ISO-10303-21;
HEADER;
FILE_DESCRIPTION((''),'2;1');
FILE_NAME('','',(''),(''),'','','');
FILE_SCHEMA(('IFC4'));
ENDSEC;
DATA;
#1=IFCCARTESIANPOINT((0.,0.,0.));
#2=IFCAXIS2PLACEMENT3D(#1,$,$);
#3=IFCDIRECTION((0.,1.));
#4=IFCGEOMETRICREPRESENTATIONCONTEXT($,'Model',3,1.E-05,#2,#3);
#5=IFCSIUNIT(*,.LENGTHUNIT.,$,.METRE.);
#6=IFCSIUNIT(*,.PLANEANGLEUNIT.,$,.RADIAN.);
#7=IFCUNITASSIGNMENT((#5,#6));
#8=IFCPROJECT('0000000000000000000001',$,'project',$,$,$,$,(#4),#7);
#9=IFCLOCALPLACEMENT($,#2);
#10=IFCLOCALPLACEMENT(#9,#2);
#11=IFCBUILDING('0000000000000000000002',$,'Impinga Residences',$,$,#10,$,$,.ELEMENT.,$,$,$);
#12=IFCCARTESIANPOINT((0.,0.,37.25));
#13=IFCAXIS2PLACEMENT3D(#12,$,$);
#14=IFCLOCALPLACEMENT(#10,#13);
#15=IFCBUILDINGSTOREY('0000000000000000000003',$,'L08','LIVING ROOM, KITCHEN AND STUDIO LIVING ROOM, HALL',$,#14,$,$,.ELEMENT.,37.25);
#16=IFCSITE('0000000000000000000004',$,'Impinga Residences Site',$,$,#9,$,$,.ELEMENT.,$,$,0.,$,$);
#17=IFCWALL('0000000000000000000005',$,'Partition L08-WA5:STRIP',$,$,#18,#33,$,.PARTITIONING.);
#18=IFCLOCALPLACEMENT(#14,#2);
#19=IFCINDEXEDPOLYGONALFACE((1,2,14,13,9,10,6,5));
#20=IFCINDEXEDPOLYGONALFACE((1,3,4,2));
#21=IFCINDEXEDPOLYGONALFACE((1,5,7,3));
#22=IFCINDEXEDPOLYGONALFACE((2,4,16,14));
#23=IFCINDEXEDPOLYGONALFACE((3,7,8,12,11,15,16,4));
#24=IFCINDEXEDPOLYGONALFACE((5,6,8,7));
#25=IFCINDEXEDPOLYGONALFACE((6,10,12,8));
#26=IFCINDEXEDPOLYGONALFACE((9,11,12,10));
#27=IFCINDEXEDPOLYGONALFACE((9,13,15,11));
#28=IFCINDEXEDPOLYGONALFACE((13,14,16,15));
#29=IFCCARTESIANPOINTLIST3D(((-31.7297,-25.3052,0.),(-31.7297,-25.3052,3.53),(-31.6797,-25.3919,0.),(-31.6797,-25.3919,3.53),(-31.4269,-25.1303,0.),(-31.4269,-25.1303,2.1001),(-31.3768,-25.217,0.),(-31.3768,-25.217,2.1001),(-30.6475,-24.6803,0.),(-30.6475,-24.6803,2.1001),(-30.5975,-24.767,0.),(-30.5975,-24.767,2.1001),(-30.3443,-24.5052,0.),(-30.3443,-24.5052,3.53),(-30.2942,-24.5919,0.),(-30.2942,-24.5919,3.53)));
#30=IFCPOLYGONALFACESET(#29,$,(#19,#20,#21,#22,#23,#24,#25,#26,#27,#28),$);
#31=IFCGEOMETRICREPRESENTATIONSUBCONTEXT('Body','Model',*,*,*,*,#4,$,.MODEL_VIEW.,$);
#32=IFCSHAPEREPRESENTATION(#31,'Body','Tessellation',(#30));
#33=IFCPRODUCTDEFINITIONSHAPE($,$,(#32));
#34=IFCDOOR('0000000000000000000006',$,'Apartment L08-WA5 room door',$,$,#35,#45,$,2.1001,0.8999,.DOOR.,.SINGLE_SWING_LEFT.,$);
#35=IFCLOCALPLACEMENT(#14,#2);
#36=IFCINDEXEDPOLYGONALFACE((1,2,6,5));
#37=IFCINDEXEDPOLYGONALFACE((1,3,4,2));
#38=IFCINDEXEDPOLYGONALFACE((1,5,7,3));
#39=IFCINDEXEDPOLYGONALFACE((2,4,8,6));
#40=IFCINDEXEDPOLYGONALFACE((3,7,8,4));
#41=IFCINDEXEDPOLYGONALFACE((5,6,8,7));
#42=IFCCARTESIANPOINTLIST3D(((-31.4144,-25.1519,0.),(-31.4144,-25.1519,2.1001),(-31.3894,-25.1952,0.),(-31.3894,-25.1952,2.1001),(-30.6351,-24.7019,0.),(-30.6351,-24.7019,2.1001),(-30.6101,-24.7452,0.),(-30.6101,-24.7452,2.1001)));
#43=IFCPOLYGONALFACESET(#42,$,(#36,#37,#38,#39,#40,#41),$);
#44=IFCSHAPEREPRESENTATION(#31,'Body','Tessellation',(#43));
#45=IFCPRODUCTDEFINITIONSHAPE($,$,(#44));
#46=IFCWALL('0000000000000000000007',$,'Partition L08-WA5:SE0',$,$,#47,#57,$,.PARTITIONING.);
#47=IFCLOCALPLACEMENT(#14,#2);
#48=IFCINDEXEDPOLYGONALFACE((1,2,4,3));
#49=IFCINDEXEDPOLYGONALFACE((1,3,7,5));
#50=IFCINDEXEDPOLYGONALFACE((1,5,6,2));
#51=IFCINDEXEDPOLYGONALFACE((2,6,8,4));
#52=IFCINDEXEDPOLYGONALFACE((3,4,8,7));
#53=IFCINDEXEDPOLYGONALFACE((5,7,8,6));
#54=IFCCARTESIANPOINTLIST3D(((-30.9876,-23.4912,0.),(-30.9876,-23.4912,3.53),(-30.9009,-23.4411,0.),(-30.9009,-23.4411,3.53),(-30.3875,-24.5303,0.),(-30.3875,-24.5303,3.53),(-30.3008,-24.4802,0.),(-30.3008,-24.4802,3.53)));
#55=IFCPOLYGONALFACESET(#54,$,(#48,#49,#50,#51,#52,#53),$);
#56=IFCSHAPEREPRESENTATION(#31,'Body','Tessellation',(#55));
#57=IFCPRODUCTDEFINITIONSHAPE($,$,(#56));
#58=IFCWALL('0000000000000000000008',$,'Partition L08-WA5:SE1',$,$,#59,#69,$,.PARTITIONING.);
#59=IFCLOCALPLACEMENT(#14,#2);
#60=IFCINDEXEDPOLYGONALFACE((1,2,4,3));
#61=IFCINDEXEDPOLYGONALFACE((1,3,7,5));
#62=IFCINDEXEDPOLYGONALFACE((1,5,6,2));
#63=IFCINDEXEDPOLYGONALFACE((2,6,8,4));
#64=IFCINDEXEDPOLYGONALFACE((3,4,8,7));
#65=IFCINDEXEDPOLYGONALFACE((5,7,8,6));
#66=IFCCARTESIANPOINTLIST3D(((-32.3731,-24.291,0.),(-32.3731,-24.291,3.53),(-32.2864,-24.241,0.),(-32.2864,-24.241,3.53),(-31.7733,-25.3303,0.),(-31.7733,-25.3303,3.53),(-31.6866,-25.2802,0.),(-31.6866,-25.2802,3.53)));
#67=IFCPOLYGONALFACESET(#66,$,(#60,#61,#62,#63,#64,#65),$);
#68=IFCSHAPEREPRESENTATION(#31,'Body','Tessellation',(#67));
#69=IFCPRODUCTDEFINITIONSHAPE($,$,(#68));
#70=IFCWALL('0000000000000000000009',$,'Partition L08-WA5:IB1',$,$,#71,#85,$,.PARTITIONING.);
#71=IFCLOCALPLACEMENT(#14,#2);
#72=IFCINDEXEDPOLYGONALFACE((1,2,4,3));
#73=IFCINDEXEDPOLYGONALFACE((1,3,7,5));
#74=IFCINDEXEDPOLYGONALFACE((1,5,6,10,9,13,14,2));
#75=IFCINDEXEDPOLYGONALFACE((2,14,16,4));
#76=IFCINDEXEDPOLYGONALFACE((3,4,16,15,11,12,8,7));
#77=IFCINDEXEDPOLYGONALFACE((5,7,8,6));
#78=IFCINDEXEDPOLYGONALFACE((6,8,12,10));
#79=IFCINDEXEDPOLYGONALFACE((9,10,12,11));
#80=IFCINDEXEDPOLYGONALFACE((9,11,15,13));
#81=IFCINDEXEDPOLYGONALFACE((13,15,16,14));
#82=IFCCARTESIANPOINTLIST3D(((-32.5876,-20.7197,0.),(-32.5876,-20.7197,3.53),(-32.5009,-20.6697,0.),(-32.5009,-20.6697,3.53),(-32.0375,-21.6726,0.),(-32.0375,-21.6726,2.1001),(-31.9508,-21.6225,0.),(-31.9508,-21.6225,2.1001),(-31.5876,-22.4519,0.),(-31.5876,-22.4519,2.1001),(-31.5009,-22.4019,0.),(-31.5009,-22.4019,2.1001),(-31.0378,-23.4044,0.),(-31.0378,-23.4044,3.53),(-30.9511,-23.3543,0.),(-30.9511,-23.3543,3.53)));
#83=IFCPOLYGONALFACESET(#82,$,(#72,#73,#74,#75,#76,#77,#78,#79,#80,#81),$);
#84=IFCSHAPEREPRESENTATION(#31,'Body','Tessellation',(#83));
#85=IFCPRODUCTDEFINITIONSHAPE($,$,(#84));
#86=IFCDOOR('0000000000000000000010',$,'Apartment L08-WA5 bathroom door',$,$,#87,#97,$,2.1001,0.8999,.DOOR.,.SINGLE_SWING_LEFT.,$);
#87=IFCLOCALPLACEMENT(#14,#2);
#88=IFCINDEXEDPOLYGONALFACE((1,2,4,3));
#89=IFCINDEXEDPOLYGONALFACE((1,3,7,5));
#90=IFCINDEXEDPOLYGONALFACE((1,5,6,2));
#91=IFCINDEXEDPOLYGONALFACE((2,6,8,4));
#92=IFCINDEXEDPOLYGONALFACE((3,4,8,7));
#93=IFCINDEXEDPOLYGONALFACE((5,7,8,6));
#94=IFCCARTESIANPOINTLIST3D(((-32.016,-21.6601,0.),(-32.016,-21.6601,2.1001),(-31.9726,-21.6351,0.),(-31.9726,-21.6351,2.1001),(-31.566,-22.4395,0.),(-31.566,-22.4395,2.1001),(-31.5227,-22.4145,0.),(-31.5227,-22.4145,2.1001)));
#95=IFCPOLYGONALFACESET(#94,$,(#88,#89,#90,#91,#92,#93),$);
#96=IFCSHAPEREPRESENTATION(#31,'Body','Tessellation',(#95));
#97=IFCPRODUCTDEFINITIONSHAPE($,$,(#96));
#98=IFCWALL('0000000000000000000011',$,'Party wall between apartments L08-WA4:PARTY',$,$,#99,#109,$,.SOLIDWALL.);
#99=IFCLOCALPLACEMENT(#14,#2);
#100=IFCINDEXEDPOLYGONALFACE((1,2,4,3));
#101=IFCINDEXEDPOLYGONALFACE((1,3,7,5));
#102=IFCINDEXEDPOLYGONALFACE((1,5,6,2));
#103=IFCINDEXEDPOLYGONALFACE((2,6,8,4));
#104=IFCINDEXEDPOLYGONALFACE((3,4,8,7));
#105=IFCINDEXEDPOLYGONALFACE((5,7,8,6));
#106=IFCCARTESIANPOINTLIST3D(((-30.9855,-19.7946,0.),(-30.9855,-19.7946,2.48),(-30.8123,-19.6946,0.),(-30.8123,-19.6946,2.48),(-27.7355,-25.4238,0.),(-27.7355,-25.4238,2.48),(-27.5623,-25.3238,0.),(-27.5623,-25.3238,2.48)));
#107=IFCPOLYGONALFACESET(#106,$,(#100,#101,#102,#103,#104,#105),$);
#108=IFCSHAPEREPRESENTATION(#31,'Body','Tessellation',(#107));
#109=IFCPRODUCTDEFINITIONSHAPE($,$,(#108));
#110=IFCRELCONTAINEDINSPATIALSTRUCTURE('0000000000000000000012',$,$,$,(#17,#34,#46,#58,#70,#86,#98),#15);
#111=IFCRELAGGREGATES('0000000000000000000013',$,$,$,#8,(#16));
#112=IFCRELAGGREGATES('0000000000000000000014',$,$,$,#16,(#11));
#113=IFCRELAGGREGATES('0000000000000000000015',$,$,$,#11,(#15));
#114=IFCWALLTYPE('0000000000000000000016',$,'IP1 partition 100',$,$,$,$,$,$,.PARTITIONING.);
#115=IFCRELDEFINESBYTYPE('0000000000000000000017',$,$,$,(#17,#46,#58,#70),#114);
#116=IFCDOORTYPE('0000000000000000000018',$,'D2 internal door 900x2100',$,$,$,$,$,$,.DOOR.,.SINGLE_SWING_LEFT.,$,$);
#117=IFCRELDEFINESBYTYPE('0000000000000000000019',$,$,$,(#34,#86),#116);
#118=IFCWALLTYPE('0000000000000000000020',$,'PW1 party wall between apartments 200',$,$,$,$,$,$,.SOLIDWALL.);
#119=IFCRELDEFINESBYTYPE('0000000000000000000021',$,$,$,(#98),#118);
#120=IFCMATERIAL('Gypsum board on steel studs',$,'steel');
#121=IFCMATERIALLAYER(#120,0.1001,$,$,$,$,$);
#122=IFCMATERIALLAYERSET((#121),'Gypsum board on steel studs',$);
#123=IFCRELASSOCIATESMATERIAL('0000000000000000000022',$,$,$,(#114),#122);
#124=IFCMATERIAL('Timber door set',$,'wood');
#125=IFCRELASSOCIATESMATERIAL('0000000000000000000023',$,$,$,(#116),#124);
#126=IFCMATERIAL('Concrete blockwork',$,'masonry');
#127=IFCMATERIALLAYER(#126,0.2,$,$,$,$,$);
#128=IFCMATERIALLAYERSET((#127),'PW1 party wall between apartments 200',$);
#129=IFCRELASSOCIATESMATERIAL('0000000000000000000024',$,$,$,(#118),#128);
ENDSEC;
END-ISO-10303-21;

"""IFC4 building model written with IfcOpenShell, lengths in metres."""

from ifc_helpers import new_model, si_unit, direction, frame, frame_2d, origin, place, context, subcontext, project, spatial, rectangle, extrude, material, layer, layer_set, type_object, element, fill, save


model = new_model("IFC4")

# Units and contexts
model_context = context("Model", 3, precision=1e-05, world=origin(), true_north=direction((0.0, 1.0)))
body_context = subcontext(model_context, "Body", "Model", "MODEL_VIEW")
ifc_project = project(units=[si_unit("LENGTHUNIT", "METRE"), si_unit("PLANEANGLEUNIT", "RADIAN")], contexts=[model_context])

# Site, building, storey
site_placement = place(None, origin())
site = spatial("IfcSite", under=ifc_project, at=site_placement, Name="Impinga Residences Site", CompositionType="ELEMENT", RefElevation=0.0)
building_placement = place(site_placement, origin())
building = spatial("IfcBuilding", under=site, at=building_placement, Name="Impinga Residences", CompositionType="ELEMENT")
storey_placement = place(building_placement, frame((0.0, 0.0, 37.25)))
storey = spatial("IfcBuildingStorey", under=building, at=storey_placement, Name="L08", Description="LIVING ROOM, KITCHEN AND STUDIO LIVING ROOM, HALL", CompositionType="ELEMENT", Elevation=37.25)

# Shared definitions
ifc_material_1 = material(Name="Gypsum board on steel studs", Category="steel")
ifc_layer_1 = layer(ifc_material_1, 0.1001)
ifc_layer_set_1 = layer_set([ifc_layer_1], Name="Gypsum board on steel studs")
wall_type_1 = type_object("IfcWallType", Name="IP1 partition 100", PredefinedType="PARTITIONING", material=ifc_layer_set_1)

# Shared definitions
ifc_material_2 = material(Name="Timber door set", Category="wood")
door_type = type_object("IfcDoorType", Name="D2 internal door 900x2100", OperationType="SINGLE_SWING_LEFT", PredefinedType="DOOR", material=ifc_material_2)

# Wall, opening, door
wall_1_placement = place(storey_placement, frame((-30.3193, -24.5486, 0.0), z_axis=(0.0, 0.0, 1.0), x_axis=(-0.86599, -0.500061, 0.0)))
wall_1 = element("IfcWall", 1, at=wall_1_placement, inside=storey, type_object=wall_type_1, Name="Partition L08-WA5:STRIP", PredefinedType="PARTITIONING", context=body_context, shape_type="SweptSolid", body=[
    extrude(rectangle(XDim=1.5999, YDim=0.1001, at=frame_2d((0.7998, 0.0))), origin(), (0.0, 0.0, 1.0), 3.53),
])
opening_1_placement = place(wall_1_placement, frame((0.3501, 0.0, 0.0)))
opening_1 = element("IfcOpeningElement", 2, at=opening_1_placement, cuts=wall_1, PredefinedType="OPENING", context=body_context, shape_type="SweptSolid", body=[
    extrude(rectangle(XDim=0.8999, YDim=2.1001, at=frame_2d((0.45, 1.05))), frame((0.0, 0.0601, 0.0), z_axis=(0.0, -1.0, 0.0), x_axis=(1.0, 0.0, 0.0)), (0.0, 0.0, 1.0), 0.1201),
])
door_1_placement = place(opening_1_placement, origin())
door_1 = element("IfcDoor", 3, at=door_1_placement, inside=storey, type_object=door_type, Name="Apartment L08-WA5 room door", OperationType="SINGLE_SWING_LEFT", OverallHeight=2.1001, OverallWidth=0.8999, PredefinedType="DOOR", context=body_context, shape_type="SweptSolid", body=[
    extrude(rectangle(XDim=0.8999, YDim=2.1001, at=frame_2d((0.45, 1.05))), frame((0.0, 0.0249, 0.0), z_axis=(0.0, -1.0, 0.0), x_axis=(1.0, 0.0, 0.0)), (0.0, 0.0, 1.0), 0.05),
])
fill(opening_1, door_1)

# Walls
for number, where, z_axis, x_axis, name in (
    (4, (-30.9443, -23.4661, 0.0), (0.0, 0.0, 1.0), (0.500122, -0.865955, 0.0), "Partition L08-WA5:SE0"),
    (5, (-32.3298, -24.2659, 0.0), (0.0, 0.0, 1.0), (0.499881, -0.866094, 0.0), "Partition L08-WA5:SE1"),
):
    element("IfcWall", number, at=place(storey_placement, frame(where, z_axis=z_axis, x_axis=x_axis)), inside=storey, type_object=wall_type_1, Name=name, PredefinedType="PARTITIONING", context=body_context, shape_type="SweptSolid", body=[
        extrude(rectangle(XDim=1.2, YDim=0.1001, at=frame_2d((0.6001, 0.0))), origin(), (0.0, 0.0, 1.0), 3.53),
    ])

# Wall, opening, door
wall_2_placement = place(storey_placement, frame((-32.5442, -20.6948, 0.0), z_axis=(0.0, 0.0, 1.0), x_axis=(0.499968, -0.866044, 0.0)))
wall_2 = element("IfcWall", 6, at=wall_2_placement, inside=storey, type_object=wall_type_1, Name="Partition L08-WA5:IB1", PredefinedType="PARTITIONING", context=body_context, shape_type="SweptSolid", body=[
    extrude(rectangle(XDim=3.0999, YDim=0.1001, at=frame_2d((1.5498, 0.0))), origin(), (0.0, 0.0, 1.0), 3.53),
])
opening_2_placement = place(wall_2_placement, frame((1.1001, 0.0, 0.0)))
opening_2 = element("IfcOpeningElement", 7, at=opening_2_placement, cuts=wall_2, PredefinedType="OPENING", context=body_context, shape_type="SweptSolid", body=[
    extrude(rectangle(XDim=0.8999, YDim=2.1001, at=frame_2d((0.45, 1.05))), frame((0.0, 0.0601, 0.0), z_axis=(0.0, -1.0, 0.0), x_axis=(1.0, 0.0, 0.0)), (0.0, 0.0, 1.0), 0.1201),
])
door_2_placement = place(opening_2_placement, origin())
door_2 = element("IfcDoor", 8, at=door_2_placement, inside=storey, type_object=door_type, Name="Apartment L08-WA5 bathroom door", OperationType="SINGLE_SWING_LEFT", OverallHeight=2.1001, OverallWidth=0.8999, PredefinedType="DOOR", context=body_context, shape_type="SweptSolid", body=[
    extrude(rectangle(XDim=0.8999, YDim=2.1001, at=frame_2d((0.45, 1.05))), frame((0.0, 0.0249, 0.0), z_axis=(0.0, -1.0, 0.0), x_axis=(1.0, 0.0, 0.0)), (0.0, 0.0, 1.0), 0.05),
])
fill(opening_2, door_2)

# Wall
ifc_material_3 = material(Name="Concrete blockwork", Category="masonry")
ifc_layer_2 = layer(ifc_material_3, 0.2)
ifc_layer_set_2 = layer_set([ifc_layer_2], Name="PW1 party wall between apartments 200")
wall_type_2 = type_object("IfcWallType", Name="PW1 party wall between apartments 200", PredefinedType="SOLIDWALL", material=ifc_layer_set_2)
wall_3_placement = place(storey_placement, frame((-30.8989, -19.7446, 0.0), z_axis=(0.0, 0.0, 1.0), x_axis=(0.500001, -0.866025, 0.0)))
element("IfcWall", 9, at=wall_3_placement, inside=storey, type_object=wall_type_2, Name="Party wall between apartments L08-WA4:PARTY", PredefinedType="SOLIDWALL", context=body_context, shape_type="SweptSolid", body=[
    extrude(rectangle(XDim=6.5, YDim=0.2, at=frame_2d((3.25, 0.0))), origin(), (0.0, 0.0, 1.0), 2.48),
])

save(model, "model.ifc")
